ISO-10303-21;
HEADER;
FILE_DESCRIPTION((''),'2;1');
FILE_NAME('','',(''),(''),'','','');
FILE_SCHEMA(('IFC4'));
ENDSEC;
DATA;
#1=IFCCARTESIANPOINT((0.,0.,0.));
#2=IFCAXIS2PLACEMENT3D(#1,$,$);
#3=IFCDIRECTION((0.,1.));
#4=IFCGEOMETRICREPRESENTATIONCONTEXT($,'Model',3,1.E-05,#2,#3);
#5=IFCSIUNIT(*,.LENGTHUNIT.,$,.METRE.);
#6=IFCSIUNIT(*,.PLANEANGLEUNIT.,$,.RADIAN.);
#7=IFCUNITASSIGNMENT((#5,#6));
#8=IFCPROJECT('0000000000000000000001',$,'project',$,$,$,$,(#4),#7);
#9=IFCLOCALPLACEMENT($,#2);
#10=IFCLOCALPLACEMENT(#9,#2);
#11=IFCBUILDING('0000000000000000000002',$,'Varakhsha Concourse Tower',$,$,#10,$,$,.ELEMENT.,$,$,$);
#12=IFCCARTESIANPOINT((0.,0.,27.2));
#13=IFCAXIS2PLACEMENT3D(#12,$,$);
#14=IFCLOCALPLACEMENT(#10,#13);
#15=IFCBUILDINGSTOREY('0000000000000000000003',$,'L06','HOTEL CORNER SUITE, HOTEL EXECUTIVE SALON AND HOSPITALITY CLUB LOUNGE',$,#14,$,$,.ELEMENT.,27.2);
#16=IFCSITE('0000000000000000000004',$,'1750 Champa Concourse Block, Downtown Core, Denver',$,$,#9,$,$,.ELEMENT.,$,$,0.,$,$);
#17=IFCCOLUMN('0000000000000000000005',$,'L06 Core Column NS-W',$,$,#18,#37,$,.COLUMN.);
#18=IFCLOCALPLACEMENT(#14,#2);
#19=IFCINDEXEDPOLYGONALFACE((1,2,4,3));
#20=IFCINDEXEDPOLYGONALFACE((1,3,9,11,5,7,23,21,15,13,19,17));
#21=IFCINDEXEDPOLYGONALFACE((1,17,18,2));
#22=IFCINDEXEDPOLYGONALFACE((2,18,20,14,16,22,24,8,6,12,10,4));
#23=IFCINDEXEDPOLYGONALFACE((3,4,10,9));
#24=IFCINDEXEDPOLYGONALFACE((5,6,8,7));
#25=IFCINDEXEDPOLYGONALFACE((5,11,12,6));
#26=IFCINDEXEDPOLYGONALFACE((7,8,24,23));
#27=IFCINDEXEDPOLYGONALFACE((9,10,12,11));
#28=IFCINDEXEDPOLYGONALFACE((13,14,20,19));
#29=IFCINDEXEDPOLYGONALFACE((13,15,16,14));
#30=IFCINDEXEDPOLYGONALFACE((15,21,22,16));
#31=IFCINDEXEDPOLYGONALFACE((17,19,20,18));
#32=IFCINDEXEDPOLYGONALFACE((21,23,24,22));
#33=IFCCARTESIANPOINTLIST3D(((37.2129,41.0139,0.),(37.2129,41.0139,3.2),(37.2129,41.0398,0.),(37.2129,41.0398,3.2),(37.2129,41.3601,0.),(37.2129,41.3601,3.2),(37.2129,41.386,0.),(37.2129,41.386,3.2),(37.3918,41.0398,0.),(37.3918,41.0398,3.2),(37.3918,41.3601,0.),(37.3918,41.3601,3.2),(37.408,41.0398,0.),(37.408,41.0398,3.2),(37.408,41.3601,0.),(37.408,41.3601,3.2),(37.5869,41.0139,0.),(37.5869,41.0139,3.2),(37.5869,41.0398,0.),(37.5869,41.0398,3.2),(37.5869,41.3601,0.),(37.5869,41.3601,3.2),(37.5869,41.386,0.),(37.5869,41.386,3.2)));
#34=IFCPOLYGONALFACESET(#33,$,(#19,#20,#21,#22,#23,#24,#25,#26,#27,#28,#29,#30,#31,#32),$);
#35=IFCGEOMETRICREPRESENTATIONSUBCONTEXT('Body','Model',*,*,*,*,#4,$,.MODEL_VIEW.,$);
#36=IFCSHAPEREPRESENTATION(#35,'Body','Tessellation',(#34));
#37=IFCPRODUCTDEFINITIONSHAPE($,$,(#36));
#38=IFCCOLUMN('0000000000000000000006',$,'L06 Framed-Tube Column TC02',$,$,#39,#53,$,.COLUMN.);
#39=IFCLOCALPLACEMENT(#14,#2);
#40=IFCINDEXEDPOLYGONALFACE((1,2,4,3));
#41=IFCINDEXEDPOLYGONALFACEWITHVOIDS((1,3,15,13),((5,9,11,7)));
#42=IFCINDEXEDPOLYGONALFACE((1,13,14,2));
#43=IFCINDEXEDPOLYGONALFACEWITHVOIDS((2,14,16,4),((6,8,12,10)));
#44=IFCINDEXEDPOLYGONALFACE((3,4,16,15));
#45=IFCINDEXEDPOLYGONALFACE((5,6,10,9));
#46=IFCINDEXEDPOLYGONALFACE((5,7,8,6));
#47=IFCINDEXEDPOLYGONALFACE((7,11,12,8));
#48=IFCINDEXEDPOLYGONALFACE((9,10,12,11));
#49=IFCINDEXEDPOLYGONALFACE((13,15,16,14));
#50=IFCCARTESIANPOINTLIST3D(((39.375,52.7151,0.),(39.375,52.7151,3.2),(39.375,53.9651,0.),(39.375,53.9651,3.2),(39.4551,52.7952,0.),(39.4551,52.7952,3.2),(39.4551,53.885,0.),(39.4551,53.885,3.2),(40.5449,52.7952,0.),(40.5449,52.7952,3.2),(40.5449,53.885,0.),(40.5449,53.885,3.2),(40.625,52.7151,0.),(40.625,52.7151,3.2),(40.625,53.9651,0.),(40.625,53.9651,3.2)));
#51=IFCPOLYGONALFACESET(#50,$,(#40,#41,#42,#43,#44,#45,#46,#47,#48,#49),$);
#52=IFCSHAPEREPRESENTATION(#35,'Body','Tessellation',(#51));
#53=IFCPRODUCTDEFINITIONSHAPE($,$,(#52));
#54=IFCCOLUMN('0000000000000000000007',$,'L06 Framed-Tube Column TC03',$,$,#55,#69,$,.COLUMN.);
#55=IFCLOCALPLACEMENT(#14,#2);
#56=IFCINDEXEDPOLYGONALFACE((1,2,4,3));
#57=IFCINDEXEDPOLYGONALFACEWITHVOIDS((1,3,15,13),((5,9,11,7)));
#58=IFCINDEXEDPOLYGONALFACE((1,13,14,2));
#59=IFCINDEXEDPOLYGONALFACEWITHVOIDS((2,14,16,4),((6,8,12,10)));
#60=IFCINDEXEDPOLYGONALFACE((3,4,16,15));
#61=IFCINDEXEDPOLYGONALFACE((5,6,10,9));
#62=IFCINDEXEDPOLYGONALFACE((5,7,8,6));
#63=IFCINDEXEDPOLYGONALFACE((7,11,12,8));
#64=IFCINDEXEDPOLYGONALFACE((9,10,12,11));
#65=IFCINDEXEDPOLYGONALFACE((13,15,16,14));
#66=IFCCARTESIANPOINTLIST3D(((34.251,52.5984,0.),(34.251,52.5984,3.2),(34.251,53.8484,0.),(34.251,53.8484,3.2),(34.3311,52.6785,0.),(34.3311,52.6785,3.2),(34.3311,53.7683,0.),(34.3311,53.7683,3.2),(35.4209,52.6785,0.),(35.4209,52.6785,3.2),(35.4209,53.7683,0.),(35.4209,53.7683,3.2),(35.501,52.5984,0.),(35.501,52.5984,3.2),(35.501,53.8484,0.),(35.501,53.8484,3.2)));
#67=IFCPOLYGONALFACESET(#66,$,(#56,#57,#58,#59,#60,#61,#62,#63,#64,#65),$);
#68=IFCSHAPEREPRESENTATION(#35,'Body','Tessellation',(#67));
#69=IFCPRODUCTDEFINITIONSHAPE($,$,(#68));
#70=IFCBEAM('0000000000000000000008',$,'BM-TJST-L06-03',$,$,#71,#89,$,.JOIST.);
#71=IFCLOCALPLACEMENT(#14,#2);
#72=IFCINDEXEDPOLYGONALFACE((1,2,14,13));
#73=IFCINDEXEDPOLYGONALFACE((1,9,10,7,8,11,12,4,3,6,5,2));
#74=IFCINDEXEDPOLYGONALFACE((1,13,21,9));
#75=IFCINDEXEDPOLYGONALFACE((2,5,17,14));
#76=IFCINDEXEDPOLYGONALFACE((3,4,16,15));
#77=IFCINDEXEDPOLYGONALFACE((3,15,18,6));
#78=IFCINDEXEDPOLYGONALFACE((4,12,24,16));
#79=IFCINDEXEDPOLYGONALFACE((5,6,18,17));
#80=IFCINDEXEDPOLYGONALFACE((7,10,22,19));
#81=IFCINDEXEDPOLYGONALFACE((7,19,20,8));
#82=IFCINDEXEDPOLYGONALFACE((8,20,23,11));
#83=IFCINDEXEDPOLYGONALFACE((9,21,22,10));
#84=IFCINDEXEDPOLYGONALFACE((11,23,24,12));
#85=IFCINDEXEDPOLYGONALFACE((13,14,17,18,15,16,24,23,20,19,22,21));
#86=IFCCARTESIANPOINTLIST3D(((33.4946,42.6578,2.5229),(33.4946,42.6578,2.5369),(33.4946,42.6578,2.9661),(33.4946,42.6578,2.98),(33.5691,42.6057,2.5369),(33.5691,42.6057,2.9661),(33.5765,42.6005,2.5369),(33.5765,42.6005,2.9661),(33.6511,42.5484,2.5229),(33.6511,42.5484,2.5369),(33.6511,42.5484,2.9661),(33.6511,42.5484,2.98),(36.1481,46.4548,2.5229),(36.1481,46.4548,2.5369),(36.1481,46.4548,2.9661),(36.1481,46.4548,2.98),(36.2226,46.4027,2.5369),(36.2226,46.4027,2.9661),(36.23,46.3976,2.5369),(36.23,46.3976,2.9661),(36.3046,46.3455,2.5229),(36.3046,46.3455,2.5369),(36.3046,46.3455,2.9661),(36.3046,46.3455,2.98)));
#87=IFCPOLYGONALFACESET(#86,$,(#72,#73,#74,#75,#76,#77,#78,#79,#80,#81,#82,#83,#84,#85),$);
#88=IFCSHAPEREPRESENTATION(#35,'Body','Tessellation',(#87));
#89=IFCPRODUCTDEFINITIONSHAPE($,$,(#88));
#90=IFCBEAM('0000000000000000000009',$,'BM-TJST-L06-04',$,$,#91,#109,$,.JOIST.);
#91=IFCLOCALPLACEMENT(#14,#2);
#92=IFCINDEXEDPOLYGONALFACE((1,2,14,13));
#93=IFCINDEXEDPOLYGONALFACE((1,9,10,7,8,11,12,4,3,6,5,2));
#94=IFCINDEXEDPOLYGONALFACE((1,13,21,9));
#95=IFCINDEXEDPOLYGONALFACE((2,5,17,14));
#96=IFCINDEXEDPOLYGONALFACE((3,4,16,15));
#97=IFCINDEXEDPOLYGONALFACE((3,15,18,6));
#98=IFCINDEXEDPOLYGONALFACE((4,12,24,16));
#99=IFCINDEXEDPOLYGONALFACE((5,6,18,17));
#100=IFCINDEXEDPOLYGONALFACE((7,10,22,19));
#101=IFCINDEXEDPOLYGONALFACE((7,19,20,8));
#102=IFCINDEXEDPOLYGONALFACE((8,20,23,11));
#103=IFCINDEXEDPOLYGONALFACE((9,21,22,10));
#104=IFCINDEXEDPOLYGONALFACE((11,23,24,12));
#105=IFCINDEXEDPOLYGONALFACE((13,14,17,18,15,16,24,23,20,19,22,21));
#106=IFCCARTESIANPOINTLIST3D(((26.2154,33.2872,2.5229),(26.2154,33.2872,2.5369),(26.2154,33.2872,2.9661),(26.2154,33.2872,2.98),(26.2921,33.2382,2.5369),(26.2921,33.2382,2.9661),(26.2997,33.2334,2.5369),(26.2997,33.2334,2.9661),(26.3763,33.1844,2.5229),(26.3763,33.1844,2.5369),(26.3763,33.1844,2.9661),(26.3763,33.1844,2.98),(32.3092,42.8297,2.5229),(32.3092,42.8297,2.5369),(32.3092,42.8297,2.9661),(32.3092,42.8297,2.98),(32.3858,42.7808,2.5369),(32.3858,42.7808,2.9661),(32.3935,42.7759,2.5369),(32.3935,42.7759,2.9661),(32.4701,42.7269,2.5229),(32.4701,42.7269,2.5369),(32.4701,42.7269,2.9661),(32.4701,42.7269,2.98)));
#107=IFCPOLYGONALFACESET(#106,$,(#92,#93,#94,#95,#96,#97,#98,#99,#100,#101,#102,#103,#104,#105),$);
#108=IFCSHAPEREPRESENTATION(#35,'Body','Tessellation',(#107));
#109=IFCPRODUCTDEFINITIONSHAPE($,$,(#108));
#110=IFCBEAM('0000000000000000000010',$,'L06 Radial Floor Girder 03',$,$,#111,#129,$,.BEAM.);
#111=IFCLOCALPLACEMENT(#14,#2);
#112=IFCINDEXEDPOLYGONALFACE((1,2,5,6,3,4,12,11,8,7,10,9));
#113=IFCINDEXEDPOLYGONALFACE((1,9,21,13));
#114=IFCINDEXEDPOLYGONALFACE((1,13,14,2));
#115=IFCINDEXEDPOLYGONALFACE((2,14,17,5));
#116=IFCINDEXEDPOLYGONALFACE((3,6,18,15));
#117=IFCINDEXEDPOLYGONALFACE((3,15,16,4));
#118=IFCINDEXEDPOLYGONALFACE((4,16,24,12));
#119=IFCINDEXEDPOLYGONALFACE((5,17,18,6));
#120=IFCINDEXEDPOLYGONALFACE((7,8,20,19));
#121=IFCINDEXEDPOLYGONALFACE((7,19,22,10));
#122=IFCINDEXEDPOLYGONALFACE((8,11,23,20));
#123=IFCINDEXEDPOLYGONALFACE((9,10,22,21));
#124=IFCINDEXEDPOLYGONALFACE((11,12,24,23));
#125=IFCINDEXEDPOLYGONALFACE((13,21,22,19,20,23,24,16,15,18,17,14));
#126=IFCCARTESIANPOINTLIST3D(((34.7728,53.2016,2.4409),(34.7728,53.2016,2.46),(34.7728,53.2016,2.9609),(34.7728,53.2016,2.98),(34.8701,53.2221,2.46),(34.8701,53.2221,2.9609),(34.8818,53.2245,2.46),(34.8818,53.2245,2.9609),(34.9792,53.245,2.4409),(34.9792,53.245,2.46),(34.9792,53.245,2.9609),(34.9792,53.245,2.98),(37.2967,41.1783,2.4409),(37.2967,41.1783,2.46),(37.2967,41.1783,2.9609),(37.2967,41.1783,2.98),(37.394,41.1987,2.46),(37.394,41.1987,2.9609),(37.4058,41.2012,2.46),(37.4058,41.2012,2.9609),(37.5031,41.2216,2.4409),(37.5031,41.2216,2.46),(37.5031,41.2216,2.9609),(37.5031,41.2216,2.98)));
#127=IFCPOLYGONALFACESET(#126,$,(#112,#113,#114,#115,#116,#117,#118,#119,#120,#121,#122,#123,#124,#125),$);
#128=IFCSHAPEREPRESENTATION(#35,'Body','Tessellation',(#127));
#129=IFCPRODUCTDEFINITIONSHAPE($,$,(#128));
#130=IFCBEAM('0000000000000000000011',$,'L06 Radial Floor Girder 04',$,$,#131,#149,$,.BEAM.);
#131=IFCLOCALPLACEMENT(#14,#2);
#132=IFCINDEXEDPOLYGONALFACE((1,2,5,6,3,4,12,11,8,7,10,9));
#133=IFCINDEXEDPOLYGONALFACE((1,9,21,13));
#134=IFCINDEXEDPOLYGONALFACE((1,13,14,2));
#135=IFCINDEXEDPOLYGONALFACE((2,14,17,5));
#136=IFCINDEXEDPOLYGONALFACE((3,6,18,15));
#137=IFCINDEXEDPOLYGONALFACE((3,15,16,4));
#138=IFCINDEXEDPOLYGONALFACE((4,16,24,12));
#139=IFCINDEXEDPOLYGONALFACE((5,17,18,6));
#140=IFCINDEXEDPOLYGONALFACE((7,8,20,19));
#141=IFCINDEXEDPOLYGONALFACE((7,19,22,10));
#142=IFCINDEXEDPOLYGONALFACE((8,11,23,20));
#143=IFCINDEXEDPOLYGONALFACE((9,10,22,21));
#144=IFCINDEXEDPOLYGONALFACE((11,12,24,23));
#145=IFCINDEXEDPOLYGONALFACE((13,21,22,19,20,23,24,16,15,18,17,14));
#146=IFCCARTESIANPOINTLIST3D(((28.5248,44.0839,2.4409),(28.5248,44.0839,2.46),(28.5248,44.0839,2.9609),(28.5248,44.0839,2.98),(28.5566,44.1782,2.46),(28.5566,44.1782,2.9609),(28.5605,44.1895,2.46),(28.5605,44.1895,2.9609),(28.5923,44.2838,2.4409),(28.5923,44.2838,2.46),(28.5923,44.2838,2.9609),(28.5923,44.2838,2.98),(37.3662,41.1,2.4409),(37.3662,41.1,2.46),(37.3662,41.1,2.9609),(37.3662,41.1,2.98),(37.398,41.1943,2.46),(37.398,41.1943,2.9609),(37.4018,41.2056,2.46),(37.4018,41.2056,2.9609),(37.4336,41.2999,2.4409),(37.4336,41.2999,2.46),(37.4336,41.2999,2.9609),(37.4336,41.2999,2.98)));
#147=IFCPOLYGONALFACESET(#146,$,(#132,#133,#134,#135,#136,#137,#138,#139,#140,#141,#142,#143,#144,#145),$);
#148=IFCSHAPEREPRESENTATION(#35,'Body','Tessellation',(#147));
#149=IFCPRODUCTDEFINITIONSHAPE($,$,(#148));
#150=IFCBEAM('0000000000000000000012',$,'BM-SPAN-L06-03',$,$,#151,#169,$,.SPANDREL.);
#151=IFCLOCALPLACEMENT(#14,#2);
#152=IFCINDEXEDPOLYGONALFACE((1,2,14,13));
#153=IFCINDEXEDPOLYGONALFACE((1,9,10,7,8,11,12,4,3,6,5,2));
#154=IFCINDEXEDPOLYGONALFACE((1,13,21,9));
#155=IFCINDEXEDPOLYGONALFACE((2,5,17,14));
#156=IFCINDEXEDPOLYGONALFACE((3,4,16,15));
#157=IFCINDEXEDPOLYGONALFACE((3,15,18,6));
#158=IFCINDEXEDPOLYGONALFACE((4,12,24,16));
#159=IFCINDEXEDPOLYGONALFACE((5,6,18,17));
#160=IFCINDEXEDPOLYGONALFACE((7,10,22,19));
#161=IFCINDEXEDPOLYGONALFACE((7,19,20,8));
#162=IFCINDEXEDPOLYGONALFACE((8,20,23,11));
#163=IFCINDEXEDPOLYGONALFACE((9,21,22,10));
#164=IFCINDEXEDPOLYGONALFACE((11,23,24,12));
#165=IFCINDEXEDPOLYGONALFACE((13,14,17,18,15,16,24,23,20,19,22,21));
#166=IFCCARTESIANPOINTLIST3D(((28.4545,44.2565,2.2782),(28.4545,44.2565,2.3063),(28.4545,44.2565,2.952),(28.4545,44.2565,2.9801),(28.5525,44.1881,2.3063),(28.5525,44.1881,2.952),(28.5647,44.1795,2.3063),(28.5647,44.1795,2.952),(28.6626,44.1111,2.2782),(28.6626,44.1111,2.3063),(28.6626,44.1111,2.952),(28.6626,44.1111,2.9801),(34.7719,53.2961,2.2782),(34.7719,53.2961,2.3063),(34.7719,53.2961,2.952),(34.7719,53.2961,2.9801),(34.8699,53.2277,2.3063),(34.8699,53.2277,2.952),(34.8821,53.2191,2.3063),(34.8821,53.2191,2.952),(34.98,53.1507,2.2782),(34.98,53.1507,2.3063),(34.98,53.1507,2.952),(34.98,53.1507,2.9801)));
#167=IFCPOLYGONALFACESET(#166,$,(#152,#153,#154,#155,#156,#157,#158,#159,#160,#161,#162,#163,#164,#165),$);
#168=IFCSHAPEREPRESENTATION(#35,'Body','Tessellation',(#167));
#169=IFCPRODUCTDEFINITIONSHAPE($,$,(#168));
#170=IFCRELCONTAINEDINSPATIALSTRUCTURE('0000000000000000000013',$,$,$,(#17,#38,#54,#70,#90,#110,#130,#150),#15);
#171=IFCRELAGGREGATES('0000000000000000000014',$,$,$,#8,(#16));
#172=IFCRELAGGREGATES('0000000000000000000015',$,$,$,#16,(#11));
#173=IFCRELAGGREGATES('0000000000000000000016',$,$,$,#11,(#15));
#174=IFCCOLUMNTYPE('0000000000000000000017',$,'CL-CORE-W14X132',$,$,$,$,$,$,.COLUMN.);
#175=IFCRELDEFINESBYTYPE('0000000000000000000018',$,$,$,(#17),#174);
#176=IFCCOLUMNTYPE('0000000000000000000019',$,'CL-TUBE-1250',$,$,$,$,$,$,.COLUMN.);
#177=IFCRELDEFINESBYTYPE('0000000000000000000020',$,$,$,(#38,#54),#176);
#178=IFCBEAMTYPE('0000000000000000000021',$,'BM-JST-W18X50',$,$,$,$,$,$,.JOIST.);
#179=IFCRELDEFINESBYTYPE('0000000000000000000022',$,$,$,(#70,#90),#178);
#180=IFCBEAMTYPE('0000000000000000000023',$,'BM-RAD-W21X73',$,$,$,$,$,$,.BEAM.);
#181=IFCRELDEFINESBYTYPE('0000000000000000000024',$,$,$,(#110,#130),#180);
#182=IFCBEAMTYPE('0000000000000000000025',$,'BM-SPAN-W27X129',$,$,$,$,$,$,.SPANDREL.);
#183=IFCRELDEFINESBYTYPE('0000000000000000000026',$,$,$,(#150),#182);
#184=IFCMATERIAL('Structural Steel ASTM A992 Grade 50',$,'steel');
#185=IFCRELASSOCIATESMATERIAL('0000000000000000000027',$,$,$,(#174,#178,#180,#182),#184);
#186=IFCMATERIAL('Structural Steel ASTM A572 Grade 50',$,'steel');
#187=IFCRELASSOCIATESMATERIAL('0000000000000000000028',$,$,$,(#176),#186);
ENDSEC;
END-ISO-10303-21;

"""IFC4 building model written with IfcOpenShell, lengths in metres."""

from ifc_helpers import new_model, si_unit, direction, frame, origin, origin_2d, place, context, subcontext, project, spatial, hollow_rectangle, i_section, extrude, material, material_profile, profile_set, type_object, element, save


model = new_model("IFC4")

# Units and contexts
model_context = context("Model", 3, precision=1e-05, world=origin(), true_north=direction((0.0, 1.0)))
body_context = subcontext(model_context, "Body", "Model", "MODEL_VIEW")
ifc_project = project(units=[si_unit("LENGTHUNIT", "METRE"), si_unit("PLANEANGLEUNIT", "RADIAN")], contexts=[model_context])

# Site, building, storey
site_placement = place(None, origin())
site = spatial("IfcSite", under=ifc_project, at=site_placement, Name="1750 Champa Concourse Block, Downtown Core, Denver", CompositionType="ELEMENT", RefElevation=0.0)
building_placement = place(site_placement, origin())
building = spatial("IfcBuilding", under=site, at=building_placement, Name="Varakhsha Concourse Tower", CompositionType="ELEMENT")
storey_placement = place(building_placement, frame((0.0, 0.0, 27.2)))
storey = spatial("IfcBuildingStorey", under=building, at=storey_placement, Name="L06", Description="HOTEL CORNER SUITE, HOTEL EXECUTIVE SALON AND HOSPITALITY CLUB LOUNGE", CompositionType="ELEMENT", Elevation=27.2)

# Columns
ifc_material_1 = material(Name="Structural Steel ASTM A992 Grade 50", Category="steel")
ifc_material_profile_1 = material_profile(ifc_material_1, i_section(OverallWidth=0.374, OverallDepth=0.3721, WebThickness=0.0161, FlangeThickness=0.0259, at=origin_2d()), Name="W14X132")
ifc_profile_set_1 = profile_set([ifc_material_profile_1], Name="Structural Steel ASTM A992 Grade 50")
column_type_1 = type_object("IfcColumnType", Name="CL-CORE-W14X132", PredefinedType="COLUMN", material=ifc_profile_set_1)
column_placement = place(storey_placement, frame((37.3999, 41.2, 0.0), z_axis=(0.0, 0.0, 1.0), x_axis=(1.0, 0.0, 0.0)))
element("IfcColumn", 1, at=column_placement, inside=storey, type_object=column_type_1, Name="L06 Core Column NS-W", PredefinedType="COLUMN", context=body_context, shape_type="SweptSolid", body=[
    extrude(i_section(OverallWidth=0.374, OverallDepth=0.3721, WebThickness=0.0161, FlangeThickness=0.0259, at=origin_2d()), origin(), (0.0, 0.0, 1.0), 3.2),
])
ifc_material_2 = material(Name="Structural Steel ASTM A572 Grade 50", Category="steel")
ifc_material_profile_2 = material_profile(ifc_material_2, hollow_rectangle(XDim=1.25, YDim=1.25, WallThickness=0.0801, at=origin_2d()), Name="BOX 1250x1250x80")
ifc_profile_set_2 = profile_set([ifc_material_profile_2], Name="Structural Steel ASTM A572 Grade 50")
column_type_2 = type_object("IfcColumnType", Name="CL-TUBE-1250", PredefinedType="COLUMN", material=ifc_profile_set_2)
for number, where, z_axis, x_axis, name in (
    (2, (40.0, 53.3401, 0.0), (0.0, 0.0, 1.0), (1.0, 0.0, 0.0), "L06 Framed-Tube Column TC02"),
    (3, (34.876, 53.2234, 0.0), (0.0, 0.0, 1.0), (1.0, 0.0, 0.0), "L06 Framed-Tube Column TC03"),
):
    element("IfcColumn", number, at=place(storey_placement, frame(where, z_axis=z_axis, x_axis=x_axis)), inside=storey, type_object=column_type_2, Name=name, PredefinedType="COLUMN", context=body_context, shape_type="SweptSolid", body=[
        extrude(hollow_rectangle(XDim=1.25, YDim=1.25, WallThickness=0.0801, at=origin_2d()), origin(), (0.0, 0.0, 1.0), 3.2),
    ])

# Beams
ifc_material_profile_3 = material_profile(ifc_material_1, i_section(OverallWidth=0.1909, OverallDepth=0.457, WebThickness=0.009, FlangeThickness=0.0139, at=origin_2d()), Name="W18X50")
ifc_profile_set_3 = profile_set([ifc_material_profile_3], Name="Structural Steel ASTM A992 Grade 50")
beam_type_1 = type_object("IfcBeamType", Name="BM-JST-W18X50", PredefinedType="JOIST", material=ifc_profile_set_3)
beam_1_placement = place(storey_placement, frame((36.2263, 46.4001, 2.7515), z_axis=(-0.572822, -0.81968, 0.0), x_axis=(0.81968, -0.572822, 0.0)))
element("IfcBeam", 4, at=beam_1_placement, inside=storey, type_object=beam_type_1, Name="BM-TJST-L06-03", PredefinedType="JOIST", context=body_context, shape_type="SweptSolid", body=[
    extrude(i_section(OverallWidth=0.1909, OverallDepth=0.457, WebThickness=0.009, FlangeThickness=0.0139, at=origin_2d()), origin(), (0.0, 0.0, 1.0), 4.6323),
])
beam_2_placement = place(storey_placement, frame((32.3896, 42.7783, 2.7515), z_axis=(-0.538211, -0.84281, 0.0), x_axis=(0.84281, -0.538211, 0.0)))
element("IfcBeam", 5, at=beam_2_placement, inside=storey, type_object=beam_type_1, Name="BM-TJST-L06-04", PredefinedType="JOIST", context=body_context, shape_type="SweptSolid", body=[
    extrude(i_section(OverallWidth=0.1909, OverallDepth=0.457, WebThickness=0.009, FlangeThickness=0.0139, at=origin_2d()), origin(), (0.0, 0.0, 1.0), 11.3223),
])
ifc_material_profile_4 = material_profile(ifc_material_1, i_section(OverallWidth=0.2109, OverallDepth=0.5391, WebThickness=0.012, FlangeThickness=0.019, at=origin_2d()), Name="W21X73")
ifc_profile_set_4 = profile_set([ifc_material_profile_4], Name="Structural Steel ASTM A992 Grade 50")
beam_type_2 = type_object("IfcBeamType", Name="BM-RAD-W21X73", PredefinedType="BEAM", material=ifc_profile_set_4)
beam_3_placement = place(storey_placement, frame((37.3999, 41.2, 2.7104), z_axis=(-0.20544, 0.97867, 0.0), x_axis=(-0.97867, -0.20544, 0.0)))
element("IfcBeam", 6, at=beam_3_placement, inside=storey, type_object=beam_type_2, Name="L06 Radial Floor Girder 03", PredefinedType="BEAM", context=body_context, shape_type="SweptSolid", body=[
    extrude(i_section(OverallWidth=0.2109, OverallDepth=0.5391, WebThickness=0.012, FlangeThickness=0.019, at=origin_2d()), origin(), (0.0, 0.0, 1.0), 12.2854),
])
beam_4_placement = place(storey_placement, frame((37.3999, 41.2, 2.7104), z_axis=(-0.947494, 0.319773, 0.0), x_axis=(-0.319773, -0.947494, 0.0)))
element("IfcBeam", 7, at=beam_4_placement, inside=storey, type_object=beam_type_2, Name="L06 Radial Floor Girder 04", PredefinedType="BEAM", context=body_context, shape_type="SweptSolid", body=[
    extrude(i_section(OverallWidth=0.2109, OverallDepth=0.5391, WebThickness=0.012, FlangeThickness=0.019, at=origin_2d()), origin(), (0.0, 0.0, 1.0), 9.3313),
])
ifc_material_profile_5 = material_profile(ifc_material_1, i_section(OverallWidth=0.2539, OverallDepth=0.7019, WebThickness=0.0149, FlangeThickness=0.0281, at=origin_2d()), Name="W27X129")
ifc_profile_set_5 = profile_set([ifc_material_profile_5], Name="Structural Steel ASTM A992 Grade 50")
beam_type_3 = type_object("IfcBeamType", Name="BM-SPAN-W27X129", PredefinedType="SPANDREL", material=ifc_profile_set_5)
beam_5_placement = place(storey_placement, frame((34.876, 53.2234, 2.6292), z_axis=(-0.572835, -0.819671, 0.0), x_axis=(0.819671, -0.572835, 0.0)))
element("IfcBeam", 8, at=beam_5_placement, inside=storey, type_object=beam_type_3, Name="BM-SPAN-L06-03", PredefinedType="SPANDREL", context=body_context, shape_type="SweptSolid", body=[
    extrude(i_section(OverallWidth=0.2539, OverallDepth=0.7019, WebThickness=0.0149, FlangeThickness=0.0281, at=origin_2d()), origin(), (0.0, 0.0, 1.0), 11.0283),
])

save(model, "model.ifc")
